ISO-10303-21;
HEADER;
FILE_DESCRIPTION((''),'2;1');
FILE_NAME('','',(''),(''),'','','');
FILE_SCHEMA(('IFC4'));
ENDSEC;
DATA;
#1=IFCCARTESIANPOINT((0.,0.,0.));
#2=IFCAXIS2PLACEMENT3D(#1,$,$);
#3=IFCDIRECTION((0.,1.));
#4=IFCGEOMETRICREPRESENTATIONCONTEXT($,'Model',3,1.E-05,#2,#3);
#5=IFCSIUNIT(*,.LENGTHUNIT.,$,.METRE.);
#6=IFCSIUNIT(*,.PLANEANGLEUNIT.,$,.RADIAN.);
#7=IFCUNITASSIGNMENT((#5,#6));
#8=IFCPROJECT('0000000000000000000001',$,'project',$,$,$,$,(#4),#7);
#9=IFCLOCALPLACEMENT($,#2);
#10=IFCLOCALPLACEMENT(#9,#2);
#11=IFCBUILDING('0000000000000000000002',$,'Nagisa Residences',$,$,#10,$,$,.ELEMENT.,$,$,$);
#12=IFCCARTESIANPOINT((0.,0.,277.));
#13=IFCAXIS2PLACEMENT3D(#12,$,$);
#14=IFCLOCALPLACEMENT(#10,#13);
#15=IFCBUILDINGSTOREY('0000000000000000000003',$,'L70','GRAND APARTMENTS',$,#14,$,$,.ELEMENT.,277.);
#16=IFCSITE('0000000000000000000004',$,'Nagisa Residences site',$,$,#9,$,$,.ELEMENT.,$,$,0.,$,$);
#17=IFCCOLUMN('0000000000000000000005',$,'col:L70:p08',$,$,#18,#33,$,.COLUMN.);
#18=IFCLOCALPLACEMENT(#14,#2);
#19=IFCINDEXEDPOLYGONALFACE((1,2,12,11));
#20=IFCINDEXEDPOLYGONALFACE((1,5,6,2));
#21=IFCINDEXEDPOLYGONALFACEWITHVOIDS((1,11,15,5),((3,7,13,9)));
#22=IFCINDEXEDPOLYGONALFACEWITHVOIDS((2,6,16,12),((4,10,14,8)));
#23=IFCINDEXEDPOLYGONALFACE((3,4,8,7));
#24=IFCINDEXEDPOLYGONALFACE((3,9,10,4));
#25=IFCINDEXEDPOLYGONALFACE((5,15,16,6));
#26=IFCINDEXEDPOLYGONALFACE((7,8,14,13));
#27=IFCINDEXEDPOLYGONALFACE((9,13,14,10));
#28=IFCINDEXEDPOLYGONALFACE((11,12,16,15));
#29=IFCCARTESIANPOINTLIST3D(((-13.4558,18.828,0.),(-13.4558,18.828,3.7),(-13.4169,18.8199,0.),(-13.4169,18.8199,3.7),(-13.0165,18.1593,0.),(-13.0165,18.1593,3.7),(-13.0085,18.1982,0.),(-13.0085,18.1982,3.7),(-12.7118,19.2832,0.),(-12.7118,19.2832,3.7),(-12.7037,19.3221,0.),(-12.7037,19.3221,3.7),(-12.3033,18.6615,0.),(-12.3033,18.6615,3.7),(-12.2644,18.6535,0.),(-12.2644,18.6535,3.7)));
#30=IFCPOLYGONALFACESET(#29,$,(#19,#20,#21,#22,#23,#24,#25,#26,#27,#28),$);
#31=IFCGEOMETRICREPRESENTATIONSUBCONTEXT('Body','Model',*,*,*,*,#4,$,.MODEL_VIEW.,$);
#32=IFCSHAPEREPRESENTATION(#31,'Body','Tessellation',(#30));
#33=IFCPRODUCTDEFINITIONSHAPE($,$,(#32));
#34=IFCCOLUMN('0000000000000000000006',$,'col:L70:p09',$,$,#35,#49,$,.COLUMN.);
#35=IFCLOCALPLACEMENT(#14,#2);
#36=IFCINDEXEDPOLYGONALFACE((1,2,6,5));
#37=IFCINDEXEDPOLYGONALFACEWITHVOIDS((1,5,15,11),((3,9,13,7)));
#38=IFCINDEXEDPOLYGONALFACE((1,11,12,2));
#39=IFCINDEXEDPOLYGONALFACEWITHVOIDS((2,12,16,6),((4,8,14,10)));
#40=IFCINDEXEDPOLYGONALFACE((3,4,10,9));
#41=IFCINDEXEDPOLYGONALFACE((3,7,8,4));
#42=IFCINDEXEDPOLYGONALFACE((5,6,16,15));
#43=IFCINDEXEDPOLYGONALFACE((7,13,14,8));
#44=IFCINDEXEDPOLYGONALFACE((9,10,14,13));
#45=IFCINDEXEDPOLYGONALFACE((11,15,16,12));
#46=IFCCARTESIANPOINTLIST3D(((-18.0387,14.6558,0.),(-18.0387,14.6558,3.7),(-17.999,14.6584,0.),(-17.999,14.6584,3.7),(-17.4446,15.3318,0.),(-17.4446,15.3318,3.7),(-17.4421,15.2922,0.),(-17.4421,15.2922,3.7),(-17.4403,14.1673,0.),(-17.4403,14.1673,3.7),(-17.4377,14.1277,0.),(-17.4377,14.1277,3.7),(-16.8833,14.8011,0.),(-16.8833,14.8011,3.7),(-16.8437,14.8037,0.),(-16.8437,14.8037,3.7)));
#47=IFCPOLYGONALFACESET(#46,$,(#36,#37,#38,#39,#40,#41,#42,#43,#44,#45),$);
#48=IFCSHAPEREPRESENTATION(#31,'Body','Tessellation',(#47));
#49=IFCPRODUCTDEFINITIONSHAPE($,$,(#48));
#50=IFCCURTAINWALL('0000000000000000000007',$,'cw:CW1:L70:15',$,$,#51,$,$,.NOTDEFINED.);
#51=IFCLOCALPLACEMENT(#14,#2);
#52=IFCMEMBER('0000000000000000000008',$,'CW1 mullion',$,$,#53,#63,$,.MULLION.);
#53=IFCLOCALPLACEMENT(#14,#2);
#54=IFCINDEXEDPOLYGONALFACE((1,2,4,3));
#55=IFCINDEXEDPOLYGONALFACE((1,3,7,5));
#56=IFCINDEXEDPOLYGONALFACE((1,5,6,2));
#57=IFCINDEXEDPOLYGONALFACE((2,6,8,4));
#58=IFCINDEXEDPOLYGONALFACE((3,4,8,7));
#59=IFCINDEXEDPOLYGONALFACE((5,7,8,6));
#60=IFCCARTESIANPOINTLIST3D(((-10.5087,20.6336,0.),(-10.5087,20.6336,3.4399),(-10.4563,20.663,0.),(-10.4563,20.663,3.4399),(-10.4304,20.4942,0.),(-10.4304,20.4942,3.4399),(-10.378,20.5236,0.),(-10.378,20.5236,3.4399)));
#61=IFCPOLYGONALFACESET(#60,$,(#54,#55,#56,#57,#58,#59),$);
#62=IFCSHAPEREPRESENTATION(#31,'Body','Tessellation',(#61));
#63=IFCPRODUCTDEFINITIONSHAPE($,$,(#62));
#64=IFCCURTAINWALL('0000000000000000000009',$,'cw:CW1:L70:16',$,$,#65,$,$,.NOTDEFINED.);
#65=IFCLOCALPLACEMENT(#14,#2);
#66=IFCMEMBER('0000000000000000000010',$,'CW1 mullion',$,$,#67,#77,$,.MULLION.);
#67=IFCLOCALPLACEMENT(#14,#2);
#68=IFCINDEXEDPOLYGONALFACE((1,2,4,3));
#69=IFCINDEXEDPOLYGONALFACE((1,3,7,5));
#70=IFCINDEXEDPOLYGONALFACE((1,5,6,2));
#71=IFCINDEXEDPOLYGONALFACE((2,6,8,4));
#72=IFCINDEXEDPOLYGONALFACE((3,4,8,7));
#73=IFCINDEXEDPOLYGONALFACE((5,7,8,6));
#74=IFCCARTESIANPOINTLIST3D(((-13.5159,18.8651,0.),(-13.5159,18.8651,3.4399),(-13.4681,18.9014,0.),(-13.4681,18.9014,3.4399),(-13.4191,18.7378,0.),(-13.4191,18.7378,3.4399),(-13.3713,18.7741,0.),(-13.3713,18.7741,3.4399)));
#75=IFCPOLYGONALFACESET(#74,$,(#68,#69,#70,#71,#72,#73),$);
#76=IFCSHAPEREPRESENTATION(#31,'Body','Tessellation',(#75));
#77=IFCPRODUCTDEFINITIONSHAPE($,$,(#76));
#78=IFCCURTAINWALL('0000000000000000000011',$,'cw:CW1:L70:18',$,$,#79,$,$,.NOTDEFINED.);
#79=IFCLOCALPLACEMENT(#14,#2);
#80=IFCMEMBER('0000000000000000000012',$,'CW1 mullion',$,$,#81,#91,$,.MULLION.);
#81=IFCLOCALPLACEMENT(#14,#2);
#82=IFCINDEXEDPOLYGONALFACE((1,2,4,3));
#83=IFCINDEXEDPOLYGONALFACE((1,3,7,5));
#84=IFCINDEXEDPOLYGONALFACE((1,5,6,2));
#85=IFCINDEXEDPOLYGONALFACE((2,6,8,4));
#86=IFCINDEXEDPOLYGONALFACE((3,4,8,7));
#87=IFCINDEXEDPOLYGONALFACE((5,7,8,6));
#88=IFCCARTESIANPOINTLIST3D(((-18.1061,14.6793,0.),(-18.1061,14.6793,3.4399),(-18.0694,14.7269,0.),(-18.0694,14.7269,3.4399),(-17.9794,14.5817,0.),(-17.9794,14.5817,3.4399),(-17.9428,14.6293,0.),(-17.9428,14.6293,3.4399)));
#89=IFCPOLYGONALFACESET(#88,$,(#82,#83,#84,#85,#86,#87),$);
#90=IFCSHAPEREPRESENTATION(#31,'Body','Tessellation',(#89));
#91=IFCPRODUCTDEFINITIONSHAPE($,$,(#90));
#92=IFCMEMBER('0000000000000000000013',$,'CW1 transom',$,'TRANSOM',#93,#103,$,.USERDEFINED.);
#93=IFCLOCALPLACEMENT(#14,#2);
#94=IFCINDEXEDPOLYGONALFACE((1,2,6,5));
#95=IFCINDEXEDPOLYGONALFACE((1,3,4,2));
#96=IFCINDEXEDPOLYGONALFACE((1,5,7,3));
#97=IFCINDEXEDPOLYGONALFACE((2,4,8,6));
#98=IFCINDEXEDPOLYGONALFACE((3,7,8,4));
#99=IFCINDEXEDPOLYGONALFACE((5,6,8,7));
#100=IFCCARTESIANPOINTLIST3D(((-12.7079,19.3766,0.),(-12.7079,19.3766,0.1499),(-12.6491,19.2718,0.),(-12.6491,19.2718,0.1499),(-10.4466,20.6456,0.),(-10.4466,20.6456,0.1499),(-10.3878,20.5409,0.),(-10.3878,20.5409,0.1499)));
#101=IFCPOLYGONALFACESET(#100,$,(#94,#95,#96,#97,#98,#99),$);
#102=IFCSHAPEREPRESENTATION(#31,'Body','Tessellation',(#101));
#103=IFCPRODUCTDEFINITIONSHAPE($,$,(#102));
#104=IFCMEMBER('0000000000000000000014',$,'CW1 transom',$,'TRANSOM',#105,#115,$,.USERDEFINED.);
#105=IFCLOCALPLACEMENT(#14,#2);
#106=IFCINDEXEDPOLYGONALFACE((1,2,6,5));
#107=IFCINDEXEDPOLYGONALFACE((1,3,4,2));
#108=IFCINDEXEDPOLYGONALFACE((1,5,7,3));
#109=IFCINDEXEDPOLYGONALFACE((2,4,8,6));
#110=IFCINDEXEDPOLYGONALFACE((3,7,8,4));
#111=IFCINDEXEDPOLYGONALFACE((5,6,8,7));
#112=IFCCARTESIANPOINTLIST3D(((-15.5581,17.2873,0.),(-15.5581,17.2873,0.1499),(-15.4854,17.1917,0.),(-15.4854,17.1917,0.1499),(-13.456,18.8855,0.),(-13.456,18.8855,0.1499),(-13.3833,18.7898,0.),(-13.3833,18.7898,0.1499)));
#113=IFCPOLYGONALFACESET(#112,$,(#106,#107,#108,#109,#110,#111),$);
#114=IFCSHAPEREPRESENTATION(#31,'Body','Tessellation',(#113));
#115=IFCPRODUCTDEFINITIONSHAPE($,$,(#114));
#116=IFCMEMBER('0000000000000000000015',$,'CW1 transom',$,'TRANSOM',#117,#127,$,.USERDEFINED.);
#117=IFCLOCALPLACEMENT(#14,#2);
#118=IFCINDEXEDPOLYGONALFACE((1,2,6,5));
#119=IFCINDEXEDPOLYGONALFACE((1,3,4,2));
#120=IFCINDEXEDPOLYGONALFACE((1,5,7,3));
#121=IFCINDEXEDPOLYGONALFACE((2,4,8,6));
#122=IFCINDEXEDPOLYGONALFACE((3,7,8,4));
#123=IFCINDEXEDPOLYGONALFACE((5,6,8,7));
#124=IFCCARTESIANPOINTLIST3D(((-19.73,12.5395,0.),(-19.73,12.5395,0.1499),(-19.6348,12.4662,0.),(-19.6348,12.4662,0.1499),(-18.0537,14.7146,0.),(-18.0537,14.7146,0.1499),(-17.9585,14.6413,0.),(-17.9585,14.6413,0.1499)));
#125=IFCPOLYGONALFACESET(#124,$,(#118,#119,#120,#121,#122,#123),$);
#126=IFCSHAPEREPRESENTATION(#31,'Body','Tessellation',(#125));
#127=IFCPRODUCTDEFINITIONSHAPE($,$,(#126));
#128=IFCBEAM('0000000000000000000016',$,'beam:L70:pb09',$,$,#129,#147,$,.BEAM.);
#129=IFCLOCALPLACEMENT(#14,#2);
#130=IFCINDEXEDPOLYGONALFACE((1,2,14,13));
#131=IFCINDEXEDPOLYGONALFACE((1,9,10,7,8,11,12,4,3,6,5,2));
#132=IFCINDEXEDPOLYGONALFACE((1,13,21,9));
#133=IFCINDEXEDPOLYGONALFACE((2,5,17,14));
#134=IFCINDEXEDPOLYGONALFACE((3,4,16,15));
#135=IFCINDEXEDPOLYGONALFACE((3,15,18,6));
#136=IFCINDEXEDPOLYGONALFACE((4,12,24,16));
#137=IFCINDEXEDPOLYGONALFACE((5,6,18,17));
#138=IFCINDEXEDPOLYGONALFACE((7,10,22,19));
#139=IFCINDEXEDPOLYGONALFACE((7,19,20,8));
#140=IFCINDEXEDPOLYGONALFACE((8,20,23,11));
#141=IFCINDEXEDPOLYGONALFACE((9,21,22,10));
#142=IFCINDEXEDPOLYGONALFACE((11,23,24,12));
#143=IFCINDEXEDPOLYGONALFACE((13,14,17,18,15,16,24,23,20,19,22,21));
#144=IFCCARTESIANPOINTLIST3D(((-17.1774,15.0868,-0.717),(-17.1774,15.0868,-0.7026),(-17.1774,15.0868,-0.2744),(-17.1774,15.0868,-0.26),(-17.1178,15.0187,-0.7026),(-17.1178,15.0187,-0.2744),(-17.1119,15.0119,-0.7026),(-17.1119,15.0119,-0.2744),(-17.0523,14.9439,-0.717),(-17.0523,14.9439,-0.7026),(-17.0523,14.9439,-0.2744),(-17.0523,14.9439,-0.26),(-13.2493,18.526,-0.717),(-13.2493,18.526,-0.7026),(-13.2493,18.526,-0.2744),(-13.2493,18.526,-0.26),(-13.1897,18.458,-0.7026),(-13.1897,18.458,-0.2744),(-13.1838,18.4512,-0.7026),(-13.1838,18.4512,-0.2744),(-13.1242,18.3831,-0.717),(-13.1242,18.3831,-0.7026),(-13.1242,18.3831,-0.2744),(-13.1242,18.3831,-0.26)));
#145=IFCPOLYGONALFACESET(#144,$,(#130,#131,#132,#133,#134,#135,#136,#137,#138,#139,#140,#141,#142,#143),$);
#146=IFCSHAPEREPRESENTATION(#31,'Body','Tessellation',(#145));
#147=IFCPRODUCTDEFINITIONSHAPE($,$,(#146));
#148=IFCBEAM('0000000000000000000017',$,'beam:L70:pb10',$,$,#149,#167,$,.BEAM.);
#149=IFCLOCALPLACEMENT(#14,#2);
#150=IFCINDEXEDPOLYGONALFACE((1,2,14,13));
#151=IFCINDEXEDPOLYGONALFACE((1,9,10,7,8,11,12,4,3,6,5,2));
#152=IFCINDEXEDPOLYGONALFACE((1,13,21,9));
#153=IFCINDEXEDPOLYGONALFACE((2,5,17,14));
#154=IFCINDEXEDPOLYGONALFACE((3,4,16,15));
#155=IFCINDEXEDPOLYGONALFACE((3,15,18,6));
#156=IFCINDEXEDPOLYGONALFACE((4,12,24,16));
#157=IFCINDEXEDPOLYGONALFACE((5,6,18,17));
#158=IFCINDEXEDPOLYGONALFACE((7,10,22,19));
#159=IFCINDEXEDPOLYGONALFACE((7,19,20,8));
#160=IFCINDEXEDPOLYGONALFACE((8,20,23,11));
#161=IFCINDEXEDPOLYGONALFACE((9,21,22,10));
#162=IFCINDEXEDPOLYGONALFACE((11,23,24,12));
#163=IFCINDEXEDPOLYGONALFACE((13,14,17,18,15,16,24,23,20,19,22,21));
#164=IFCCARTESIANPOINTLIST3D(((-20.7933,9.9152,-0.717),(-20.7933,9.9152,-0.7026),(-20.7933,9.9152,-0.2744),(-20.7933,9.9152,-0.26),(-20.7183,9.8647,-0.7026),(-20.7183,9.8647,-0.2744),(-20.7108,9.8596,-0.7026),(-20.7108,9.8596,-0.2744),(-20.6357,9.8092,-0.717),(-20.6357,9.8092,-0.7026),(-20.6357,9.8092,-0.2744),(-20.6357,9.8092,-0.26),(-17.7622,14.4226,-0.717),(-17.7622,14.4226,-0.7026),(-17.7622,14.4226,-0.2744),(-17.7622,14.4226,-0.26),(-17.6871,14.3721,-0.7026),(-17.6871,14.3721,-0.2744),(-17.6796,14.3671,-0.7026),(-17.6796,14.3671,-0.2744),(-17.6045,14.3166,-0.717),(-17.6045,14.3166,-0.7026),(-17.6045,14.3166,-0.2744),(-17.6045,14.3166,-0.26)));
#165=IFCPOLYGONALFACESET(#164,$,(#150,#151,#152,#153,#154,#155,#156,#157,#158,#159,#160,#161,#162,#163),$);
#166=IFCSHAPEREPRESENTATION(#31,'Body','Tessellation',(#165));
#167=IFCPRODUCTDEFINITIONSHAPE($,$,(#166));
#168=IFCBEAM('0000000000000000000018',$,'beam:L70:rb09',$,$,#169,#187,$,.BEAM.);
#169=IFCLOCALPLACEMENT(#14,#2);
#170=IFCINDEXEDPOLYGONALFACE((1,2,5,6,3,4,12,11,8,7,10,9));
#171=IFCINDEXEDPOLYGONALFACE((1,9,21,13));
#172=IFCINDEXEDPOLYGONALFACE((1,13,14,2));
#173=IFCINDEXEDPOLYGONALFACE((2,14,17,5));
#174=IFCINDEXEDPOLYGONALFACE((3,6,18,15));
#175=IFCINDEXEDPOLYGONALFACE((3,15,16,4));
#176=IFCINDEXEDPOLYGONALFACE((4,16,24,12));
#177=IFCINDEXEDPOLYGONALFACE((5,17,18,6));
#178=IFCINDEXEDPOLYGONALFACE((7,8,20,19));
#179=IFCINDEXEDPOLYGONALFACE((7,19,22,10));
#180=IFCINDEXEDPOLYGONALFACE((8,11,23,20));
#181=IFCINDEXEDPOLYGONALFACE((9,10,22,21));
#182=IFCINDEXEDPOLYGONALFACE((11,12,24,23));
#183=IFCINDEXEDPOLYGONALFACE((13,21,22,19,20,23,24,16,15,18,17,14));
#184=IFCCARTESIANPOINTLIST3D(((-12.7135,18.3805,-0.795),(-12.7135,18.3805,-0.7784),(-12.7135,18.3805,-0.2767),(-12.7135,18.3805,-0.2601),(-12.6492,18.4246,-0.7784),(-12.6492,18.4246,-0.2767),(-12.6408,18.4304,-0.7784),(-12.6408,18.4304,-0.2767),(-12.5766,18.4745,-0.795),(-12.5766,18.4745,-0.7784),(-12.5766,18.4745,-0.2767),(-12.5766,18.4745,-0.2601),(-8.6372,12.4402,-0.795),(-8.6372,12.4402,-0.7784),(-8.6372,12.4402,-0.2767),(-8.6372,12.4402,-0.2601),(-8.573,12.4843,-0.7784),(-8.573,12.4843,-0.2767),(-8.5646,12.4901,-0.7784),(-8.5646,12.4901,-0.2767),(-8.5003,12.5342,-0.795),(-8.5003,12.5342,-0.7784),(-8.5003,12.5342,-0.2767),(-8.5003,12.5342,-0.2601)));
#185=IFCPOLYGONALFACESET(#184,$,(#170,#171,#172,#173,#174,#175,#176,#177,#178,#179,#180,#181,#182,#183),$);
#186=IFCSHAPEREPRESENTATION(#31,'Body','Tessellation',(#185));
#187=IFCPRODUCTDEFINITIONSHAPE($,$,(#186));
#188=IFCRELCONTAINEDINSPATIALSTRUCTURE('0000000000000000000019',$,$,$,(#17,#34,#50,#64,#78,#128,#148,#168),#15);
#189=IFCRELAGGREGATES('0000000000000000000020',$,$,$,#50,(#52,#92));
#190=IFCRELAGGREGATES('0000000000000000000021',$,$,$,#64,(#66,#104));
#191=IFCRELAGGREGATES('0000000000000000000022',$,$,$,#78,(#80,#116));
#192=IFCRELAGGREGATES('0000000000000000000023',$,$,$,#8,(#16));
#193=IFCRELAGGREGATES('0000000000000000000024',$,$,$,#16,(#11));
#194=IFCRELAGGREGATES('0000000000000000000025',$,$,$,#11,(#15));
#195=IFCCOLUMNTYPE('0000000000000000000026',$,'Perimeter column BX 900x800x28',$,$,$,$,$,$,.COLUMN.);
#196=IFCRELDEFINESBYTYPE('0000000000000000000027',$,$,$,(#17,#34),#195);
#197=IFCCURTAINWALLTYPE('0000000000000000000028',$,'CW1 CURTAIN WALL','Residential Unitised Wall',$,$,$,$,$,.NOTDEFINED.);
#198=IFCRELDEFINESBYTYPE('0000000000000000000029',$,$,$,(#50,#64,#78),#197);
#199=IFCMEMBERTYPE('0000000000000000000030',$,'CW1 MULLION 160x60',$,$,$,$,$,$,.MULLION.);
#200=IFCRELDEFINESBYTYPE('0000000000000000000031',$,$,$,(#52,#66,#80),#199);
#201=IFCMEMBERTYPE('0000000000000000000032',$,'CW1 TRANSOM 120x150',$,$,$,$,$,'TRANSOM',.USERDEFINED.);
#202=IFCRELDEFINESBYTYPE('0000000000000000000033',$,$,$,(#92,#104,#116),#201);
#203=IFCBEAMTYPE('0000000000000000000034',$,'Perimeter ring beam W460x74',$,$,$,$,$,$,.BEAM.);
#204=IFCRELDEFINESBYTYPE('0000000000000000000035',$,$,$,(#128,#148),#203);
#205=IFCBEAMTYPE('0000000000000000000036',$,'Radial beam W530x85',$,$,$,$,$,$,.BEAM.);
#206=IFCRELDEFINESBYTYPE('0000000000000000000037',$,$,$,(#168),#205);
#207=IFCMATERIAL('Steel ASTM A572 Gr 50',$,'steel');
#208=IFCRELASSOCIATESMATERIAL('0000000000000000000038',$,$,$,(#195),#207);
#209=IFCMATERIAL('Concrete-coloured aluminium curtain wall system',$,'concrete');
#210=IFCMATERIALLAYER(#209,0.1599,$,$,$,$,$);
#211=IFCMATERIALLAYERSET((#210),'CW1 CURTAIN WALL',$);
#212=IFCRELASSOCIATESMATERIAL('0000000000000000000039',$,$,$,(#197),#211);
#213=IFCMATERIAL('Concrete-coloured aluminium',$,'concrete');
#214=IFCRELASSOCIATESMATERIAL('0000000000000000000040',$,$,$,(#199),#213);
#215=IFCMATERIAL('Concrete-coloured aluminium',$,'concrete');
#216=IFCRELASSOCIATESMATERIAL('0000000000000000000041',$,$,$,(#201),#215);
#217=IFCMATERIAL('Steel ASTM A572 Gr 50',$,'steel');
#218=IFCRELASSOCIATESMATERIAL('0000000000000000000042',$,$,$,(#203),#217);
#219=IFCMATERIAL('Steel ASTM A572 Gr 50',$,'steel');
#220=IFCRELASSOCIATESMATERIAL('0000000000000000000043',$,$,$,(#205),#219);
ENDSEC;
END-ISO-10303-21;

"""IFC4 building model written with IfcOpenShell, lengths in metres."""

from ifc_helpers import new_model, si_unit, direction, frame, origin, origin_2d, place, context, subcontext, project, spatial, rectangle, hollow_rectangle, i_section, extrude, material, layer, layer_set, material_profile, profile_set, type_object, element, aggregate, save


model = new_model("IFC4")

# Units and contexts
model_context = context("Model", 3, precision=1e-05, world=origin(), true_north=direction((0.0, 1.0)))
body_context = subcontext(model_context, "Body", "Model", "MODEL_VIEW")
ifc_project = project(units=[si_unit("LENGTHUNIT", "METRE"), si_unit("PLANEANGLEUNIT", "RADIAN")], contexts=[model_context])

# Site, building, storey
site_placement = place(None, origin())
site = spatial("IfcSite", under=ifc_project, at=site_placement, Name="Nagisa Residences site", CompositionType="ELEMENT", RefElevation=0.0)
building_placement = place(site_placement, origin())
building = spatial("IfcBuilding", under=site, at=building_placement, Name="Nagisa Residences", CompositionType="ELEMENT")
storey_placement = place(building_placement, frame((0.0, 0.0, 277.0)))
storey = spatial("IfcBuildingStorey", under=building, at=storey_placement, Name="L70", Description="GRAND APARTMENTS", CompositionType="ELEMENT", Elevation=277.0)

# Columns
ifc_material_1 = material(Name="Steel ASTM A572 Gr 50", Category="steel")
ifc_material_profile_1 = material_profile(ifc_material_1, hollow_rectangle(XDim=0.8999, YDim=0.8, WallThickness=0.0281, at=origin_2d()), Name="BX 900x800x28")
ifc_profile_set_1 = profile_set([ifc_material_profile_1], Name="Steel ASTM A572 Gr 50")
column_type = type_object("IfcColumnType", Name="Perimeter column BX 900x800x28", PredefinedType="COLUMN", material=ifc_profile_set_1)
for number, where, z_axis, x_axis, name in (
    (1, (-12.8601, 18.7407, 0.0), (0.0, 0.0, 1.0), (-0.835766, -0.549086, 0.0), "col:L70:p08"),
    (2, (-17.4412, 14.7297, 0.0), (0.0, 0.0, 1.0), (-0.660115, -0.751165, 0.0), "col:L70:p09"),
):
    element("IfcColumn", number, at=place(storey_placement, frame(where, z_axis=z_axis, x_axis=x_axis)), inside=storey, type_object=column_type, Name=name, PredefinedType="COLUMN", context=body_context, shape_type="SweptSolid", body=[
        extrude(hollow_rectangle(XDim=0.8999, YDim=0.8, WallThickness=0.0281, at=origin_2d()), origin(), (0.0, 0.0, 1.0), 3.7),
    ])

# Curtain walls, members
ifc_material_2 = material(Name="Concrete-coloured aluminium curtain wall system", Category="concrete")
ifc_layer_1 = layer(ifc_material_2, 0.1599)
ifc_layer_set_1 = layer_set([ifc_layer_1], Name="CW1 CURTAIN WALL")
curtain_wall_type = type_object("IfcCurtainWallType", Name="CW1 CURTAIN WALL", Description="Residential Unitised Wall", PredefinedType="NOTDEFINED", material=ifc_layer_set_1)
curtain_wall_1_placement = place(storey_placement, origin())
curtain_wall_1 = element("IfcCurtainWall", 3, at=curtain_wall_1_placement, inside=storey, type_object=curtain_wall_type, Name="cw:CW1:L70:15", PredefinedType="NOTDEFINED")
ifc_material_3 = material(Name="Concrete-coloured aluminium", Category="concrete")
ifc_material_profile_2 = material_profile(ifc_material_3, rectangle(XDim=0.1599, YDim=0.0601, at=origin_2d()), Name="CW1 MULLION 160x60")
ifc_profile_set_2 = profile_set([ifc_material_profile_2], Name="Concrete-coloured aluminium")
member_type_1 = type_object("IfcMemberType", Name="CW1 MULLION 160x60", PredefinedType="MULLION", material=ifc_profile_set_2)
member_1_placement = place(storey_placement, frame((-10.4434, 20.5786, 0.0), z_axis=(0.0, 0.0, 1.0), x_axis=(0.489377, -0.872072, 0.0)))
member_1 = element("IfcMember", 4, at=member_1_placement, type_object=member_type_1, Name="CW1 mullion", PredefinedType="MULLION", context=body_context, shape_type="SweptSolid", body=[
    extrude(rectangle(XDim=0.1599, YDim=0.0601, at=origin_2d()), origin(), (0.0, 0.0, 1.0), 3.4399),
])
curtain_wall_2_placement = place(storey_placement, origin())
curtain_wall_2 = element("IfcCurtainWall", 5, at=curtain_wall_2_placement, inside=storey, type_object=curtain_wall_type, Name="cw:CW1:L70:16", PredefinedType="NOTDEFINED")
member_2_placement = place(storey_placement, frame((-13.4436, 18.8196, 0.0), z_axis=(0.0, 0.0, 1.0), x_axis=(0.605255, -0.796031, 0.0)))
member_2 = element("IfcMember", 6, at=member_2_placement, type_object=member_type_1, Name="CW1 mullion", PredefinedType="MULLION", context=body_context, shape_type="SweptSolid", body=[
    extrude(rectangle(XDim=0.1599, YDim=0.0601, at=origin_2d()), origin(), (0.0, 0.0, 1.0), 3.4399),
])
curtain_wall_3_placement = place(storey_placement, origin())
curtain_wall_3 = element("IfcCurtainWall", 7, at=curtain_wall_3_placement, inside=storey, type_object=curtain_wall_type, Name="cw:CW1:L70:18", PredefinedType="NOTDEFINED")
member_3_placement = place(storey_placement, frame((-18.0244, 14.6543, 0.0), z_axis=(0.0, 0.0, 1.0), x_axis=(0.79207, -0.61043, 0.0)))
member_3 = element("IfcMember", 8, at=member_3_placement, type_object=member_type_1, Name="CW1 mullion", PredefinedType="MULLION", context=body_context, shape_type="SweptSolid", body=[
    extrude(rectangle(XDim=0.1599, YDim=0.0601, at=origin_2d()), origin(), (0.0, 0.0, 1.0), 3.4399),
])

# Members
ifc_material_4 = material(Name="Concrete-coloured aluminium", Category="concrete")
ifc_material_profile_3 = material_profile(ifc_material_4, rectangle(XDim=0.1201, YDim=0.1499, at=origin_2d()), Name="CW1 TRANSOM 120x150")
ifc_profile_set_3 = profile_set([ifc_material_profile_3], Name="Concrete-coloured aluminium")
member_type_2 = type_object("IfcMemberType", Name="CW1 TRANSOM 120x150", ElementType="TRANSOM", PredefinedType="USERDEFINED", material=ifc_profile_set_3)
member_4_placement = place(storey_placement, frame((-10.4172, 20.5933, 0.075), z_axis=(-0.872053, -0.489412, 0.0), x_axis=(0.489412, -0.872053, 0.0)))
member_4 = element("IfcMember", 9, at=member_4_placement, type_object=member_type_2, Name="CW1 transom", ObjectType="TRANSOM", PredefinedType="USERDEFINED", context=body_context, shape_type="SweptSolid", body=[
    extrude(rectangle(XDim=0.1201, YDim=0.1499, at=origin_2d()), origin(), (0.0, 0.0, 1.0), 2.593),
])
member_5_placement = place(storey_placement, frame((-13.4197, 18.8376, 0.075), z_axis=(-0.796055, -0.605224, 0.0), x_axis=(0.605224, -0.796055, 0.0)))
member_5 = element("IfcMember", 10, at=member_5_placement, type_object=member_type_2, Name="CW1 transom", ObjectType="TRANSOM", PredefinedType="USERDEFINED", context=body_context, shape_type="SweptSolid", body=[
    extrude(rectangle(XDim=0.1201, YDim=0.1499, at=origin_2d()), origin(), (0.0, 0.0, 1.0), 2.6406),
])
member_6_placement = place(storey_placement, frame((-18.0061, 14.678, 0.075), z_axis=(-0.610432, -0.792068, 0.0), x_axis=(0.792068, -0.610432, 0.0)))
member_6 = element("IfcMember", 11, at=member_6_placement, type_object=member_type_2, Name="CW1 transom", ObjectType="TRANSOM", PredefinedType="USERDEFINED", context=body_context, shape_type="SweptSolid", body=[
    extrude(rectangle(XDim=0.1201, YDim=0.1499, at=origin_2d()), origin(), (0.0, 0.0, 1.0), 2.7461),
])

# Beams
ifc_material_5 = material(Name="Steel ASTM A572 Gr 50", Category="steel")
ifc_material_profile_4 = material_profile(ifc_material_5, i_section(OverallWidth=0.1899, OverallDepth=0.457, WebThickness=0.009, FlangeThickness=0.0144, at=origin_2d()), Name="W460x74")
ifc_profile_set_4 = profile_set([ifc_material_profile_4], Name="Steel ASTM A572 Gr 50")
beam_type_1 = type_object("IfcBeamType", Name="Perimeter ring beam W460x74", PredefinedType="BEAM", material=ifc_profile_set_4)
beam_1_placement = place(storey_placement, frame((-13.1868, 18.4546, -0.4885), z_axis=(-0.752365, -0.658746, 0.0), x_axis=(0.658746, -0.752365, 0.0)))
element("IfcBeam", 12, at=beam_1_placement, inside=storey, type_object=beam_type_1, Name="beam:L70:pb09", PredefinedType="BEAM", context=body_context, shape_type="SweptSolid", body=[
    extrude(i_section(OverallWidth=0.1899, OverallDepth=0.457, WebThickness=0.009, FlangeThickness=0.0144, at=origin_2d()), origin(), (0.0, 0.0, 1.0), 5.2209),
])
beam_2_placement = place(storey_placement, frame((-17.6833, 14.3696, -0.4885), z_axis=(-0.558035, -0.829817, 0.0), x_axis=(0.829817, -0.558035, 0.0)))
element("IfcBeam", 13, at=beam_2_placement, inside=storey, type_object=beam_type_1, Name="beam:L70:pb10", PredefinedType="BEAM", context=body_context, shape_type="SweptSolid", body=[
    extrude(i_section(OverallWidth=0.1899, OverallDepth=0.457, WebThickness=0.009, FlangeThickness=0.0144, at=origin_2d()), origin(), (0.0, 0.0, 1.0), 5.4319),
])
ifc_material_6 = material(Name="Steel ASTM A572 Gr 50", Category="steel")
ifc_material_profile_5 = material_profile(ifc_material_6, i_section(OverallWidth=0.166, OverallDepth=0.5349, WebThickness=0.0103, FlangeThickness=0.0166, at=origin_2d()), Name="W530x85")
ifc_profile_set_5 = profile_set([ifc_material_profile_5], Name="Steel ASTM A572 Gr 50")
beam_type_2 = type_object("IfcBeamType", Name="Radial beam W530x85", PredefinedType="BEAM", material=ifc_profile_set_5)
beam_3_placement = place(storey_placement, frame((-12.645, 18.4275, -0.5276), z_axis=(0.565802, -0.824541, 0.0), x_axis=(0.824541, 0.565802, 0.0)))
element("IfcBeam", 14, at=beam_3_placement, inside=storey, type_object=beam_type_2, Name="beam:L70:rb09", PredefinedType="BEAM", context=body_context, shape_type="SweptSolid", body=[
    extrude(i_section(OverallWidth=0.166, OverallDepth=0.5349, WebThickness=0.0103, FlangeThickness=0.0166, at=origin_2d()), origin(), (0.0, 0.0, 1.0), 7.2043),
])

aggregate(curtain_wall_1, [member_1, member_4])
aggregate(curtain_wall_2, [member_2, member_5])
aggregate(curtain_wall_3, [member_3, member_6])

save(model, "model.ifc")
